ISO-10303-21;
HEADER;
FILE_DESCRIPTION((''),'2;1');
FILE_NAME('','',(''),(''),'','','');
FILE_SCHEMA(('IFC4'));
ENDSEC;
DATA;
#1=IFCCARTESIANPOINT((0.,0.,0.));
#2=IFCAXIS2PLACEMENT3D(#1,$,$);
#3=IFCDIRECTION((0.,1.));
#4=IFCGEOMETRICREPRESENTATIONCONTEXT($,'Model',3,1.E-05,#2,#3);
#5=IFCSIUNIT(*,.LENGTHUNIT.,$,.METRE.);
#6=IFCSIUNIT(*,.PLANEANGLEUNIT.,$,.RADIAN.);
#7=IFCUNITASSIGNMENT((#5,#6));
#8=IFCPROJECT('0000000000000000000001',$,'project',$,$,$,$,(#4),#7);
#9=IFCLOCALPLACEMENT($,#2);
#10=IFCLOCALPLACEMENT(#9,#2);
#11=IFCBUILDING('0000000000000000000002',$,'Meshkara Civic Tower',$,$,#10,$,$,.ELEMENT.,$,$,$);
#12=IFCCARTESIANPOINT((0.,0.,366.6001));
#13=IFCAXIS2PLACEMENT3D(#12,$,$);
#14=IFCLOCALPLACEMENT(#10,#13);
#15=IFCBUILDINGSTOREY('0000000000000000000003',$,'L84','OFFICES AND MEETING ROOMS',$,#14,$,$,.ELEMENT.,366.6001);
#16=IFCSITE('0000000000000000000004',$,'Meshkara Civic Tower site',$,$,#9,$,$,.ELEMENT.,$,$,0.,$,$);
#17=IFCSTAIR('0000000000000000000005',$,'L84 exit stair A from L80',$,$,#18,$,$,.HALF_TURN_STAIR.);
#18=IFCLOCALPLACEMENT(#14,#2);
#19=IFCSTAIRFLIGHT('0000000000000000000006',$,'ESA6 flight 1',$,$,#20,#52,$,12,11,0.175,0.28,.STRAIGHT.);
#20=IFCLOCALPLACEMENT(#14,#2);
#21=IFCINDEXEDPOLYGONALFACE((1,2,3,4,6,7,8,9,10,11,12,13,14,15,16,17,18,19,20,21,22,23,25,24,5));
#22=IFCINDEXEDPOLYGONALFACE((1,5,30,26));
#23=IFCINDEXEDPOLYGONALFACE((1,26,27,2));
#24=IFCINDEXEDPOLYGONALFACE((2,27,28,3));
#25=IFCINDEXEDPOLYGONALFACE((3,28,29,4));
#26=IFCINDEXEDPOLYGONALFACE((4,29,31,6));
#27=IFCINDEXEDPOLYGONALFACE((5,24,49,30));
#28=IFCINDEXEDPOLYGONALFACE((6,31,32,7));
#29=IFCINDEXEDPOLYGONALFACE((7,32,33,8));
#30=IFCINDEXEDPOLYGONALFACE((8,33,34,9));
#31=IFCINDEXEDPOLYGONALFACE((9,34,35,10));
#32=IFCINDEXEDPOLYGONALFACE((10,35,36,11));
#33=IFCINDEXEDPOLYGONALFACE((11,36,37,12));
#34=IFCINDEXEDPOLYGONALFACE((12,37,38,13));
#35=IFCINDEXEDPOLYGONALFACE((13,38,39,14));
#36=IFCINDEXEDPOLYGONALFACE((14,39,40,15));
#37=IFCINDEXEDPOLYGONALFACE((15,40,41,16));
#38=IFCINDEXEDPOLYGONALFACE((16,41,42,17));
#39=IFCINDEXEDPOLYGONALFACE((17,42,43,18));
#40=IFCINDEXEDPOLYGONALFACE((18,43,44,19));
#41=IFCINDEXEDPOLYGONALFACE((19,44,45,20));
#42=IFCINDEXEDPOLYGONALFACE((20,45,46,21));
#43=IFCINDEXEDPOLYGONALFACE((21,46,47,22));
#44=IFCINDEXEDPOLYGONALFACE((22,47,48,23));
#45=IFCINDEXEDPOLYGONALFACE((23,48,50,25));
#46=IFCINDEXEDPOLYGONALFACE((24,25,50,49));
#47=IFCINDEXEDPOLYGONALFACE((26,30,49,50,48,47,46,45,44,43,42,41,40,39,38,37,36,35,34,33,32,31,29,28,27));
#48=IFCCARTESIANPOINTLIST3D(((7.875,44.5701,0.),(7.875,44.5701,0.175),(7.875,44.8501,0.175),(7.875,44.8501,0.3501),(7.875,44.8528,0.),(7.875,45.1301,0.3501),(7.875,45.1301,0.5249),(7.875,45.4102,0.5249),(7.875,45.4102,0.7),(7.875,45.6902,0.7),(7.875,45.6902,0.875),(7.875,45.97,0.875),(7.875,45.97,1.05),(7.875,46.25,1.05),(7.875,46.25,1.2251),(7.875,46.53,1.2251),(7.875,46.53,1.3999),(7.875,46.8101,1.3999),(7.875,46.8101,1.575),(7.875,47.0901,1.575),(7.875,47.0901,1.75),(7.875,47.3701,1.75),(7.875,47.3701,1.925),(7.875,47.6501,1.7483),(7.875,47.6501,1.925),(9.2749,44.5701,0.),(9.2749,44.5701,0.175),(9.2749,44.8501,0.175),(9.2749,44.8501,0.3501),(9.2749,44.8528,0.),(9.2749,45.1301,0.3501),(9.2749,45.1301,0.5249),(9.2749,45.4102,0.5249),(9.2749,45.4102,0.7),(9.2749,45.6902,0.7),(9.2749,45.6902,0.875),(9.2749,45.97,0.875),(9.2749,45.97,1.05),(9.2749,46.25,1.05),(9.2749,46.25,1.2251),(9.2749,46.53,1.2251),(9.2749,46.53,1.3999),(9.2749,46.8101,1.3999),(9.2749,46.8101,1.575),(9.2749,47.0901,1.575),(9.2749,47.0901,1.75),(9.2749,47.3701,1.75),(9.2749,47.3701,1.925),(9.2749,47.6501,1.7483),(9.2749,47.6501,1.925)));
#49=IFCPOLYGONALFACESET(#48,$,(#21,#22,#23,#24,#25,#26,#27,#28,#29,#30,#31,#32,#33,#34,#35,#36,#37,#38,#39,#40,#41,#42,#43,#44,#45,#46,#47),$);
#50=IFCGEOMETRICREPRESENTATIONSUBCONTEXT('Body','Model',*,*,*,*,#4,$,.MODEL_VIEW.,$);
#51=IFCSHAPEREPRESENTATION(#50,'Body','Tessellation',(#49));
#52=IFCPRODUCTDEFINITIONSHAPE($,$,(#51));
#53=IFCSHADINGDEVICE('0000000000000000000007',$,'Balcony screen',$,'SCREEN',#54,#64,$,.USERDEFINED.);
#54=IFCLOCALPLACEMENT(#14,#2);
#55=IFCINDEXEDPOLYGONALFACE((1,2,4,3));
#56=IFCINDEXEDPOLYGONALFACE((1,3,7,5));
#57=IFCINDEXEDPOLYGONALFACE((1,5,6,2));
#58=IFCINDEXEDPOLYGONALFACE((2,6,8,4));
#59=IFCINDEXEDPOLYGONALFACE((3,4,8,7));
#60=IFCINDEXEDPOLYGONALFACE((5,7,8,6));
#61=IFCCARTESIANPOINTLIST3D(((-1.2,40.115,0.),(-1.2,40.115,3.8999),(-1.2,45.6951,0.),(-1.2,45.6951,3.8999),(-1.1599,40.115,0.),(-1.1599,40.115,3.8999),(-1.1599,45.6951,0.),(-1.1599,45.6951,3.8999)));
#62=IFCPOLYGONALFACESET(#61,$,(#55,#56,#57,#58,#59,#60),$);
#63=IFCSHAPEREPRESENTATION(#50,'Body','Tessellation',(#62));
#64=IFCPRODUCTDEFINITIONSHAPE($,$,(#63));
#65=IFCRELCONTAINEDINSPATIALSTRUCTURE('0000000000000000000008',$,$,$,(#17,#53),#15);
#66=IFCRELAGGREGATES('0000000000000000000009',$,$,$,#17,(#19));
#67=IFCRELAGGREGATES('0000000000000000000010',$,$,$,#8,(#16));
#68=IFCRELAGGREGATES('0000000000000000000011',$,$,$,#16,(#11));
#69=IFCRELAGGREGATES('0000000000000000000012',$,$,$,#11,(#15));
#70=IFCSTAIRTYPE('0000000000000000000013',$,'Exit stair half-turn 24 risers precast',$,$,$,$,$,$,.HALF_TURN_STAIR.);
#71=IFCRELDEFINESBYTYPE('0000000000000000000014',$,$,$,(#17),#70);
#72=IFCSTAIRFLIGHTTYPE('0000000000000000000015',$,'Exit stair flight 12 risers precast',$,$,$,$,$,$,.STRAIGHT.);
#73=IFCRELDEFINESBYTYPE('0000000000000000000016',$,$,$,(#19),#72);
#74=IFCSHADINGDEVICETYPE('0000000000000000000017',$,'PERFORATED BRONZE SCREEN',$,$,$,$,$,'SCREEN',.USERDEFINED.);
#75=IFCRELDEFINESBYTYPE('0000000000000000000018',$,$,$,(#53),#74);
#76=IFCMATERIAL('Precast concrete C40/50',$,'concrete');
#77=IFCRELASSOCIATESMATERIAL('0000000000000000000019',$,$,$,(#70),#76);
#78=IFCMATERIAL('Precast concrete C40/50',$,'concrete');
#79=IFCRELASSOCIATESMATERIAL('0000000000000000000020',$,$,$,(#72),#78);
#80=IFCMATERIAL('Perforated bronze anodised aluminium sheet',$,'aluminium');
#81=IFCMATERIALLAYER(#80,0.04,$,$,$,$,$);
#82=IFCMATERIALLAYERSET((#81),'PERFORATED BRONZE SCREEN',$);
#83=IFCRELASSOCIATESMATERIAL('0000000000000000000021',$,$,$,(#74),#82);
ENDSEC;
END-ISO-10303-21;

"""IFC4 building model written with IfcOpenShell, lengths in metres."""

from ifc_helpers import new_model, si_unit, direction, frame, origin, origin_2d, place, context, subcontext, project, spatial, polyline, rectangle, outline, extrude, material, layer, layer_set, type_object, element, aggregate, save


model = new_model("IFC4")

# Units and contexts
model_context = context("Model", 3, precision=1e-05, world=origin(), true_north=direction((0.0, 1.0)))
body_context = subcontext(model_context, "Body", "Model", "MODEL_VIEW")
ifc_project = project(units=[si_unit("LENGTHUNIT", "METRE"), si_unit("PLANEANGLEUNIT", "RADIAN")], contexts=[model_context])

# Site, building, storey
site_placement = place(None, origin())
site = spatial("IfcSite", under=ifc_project, at=site_placement, Name="Meshkara Civic Tower site", CompositionType="ELEMENT", RefElevation=0.0)
building_placement = place(site_placement, origin())
building = spatial("IfcBuilding", under=site, at=building_placement, Name="Meshkara Civic Tower", CompositionType="ELEMENT")
storey_placement = place(building_placement, frame((0.0, 0.0, 366.6001)))
storey = spatial("IfcBuildingStorey", under=building, at=storey_placement, Name="L84", Description="OFFICES AND MEETING ROOMS", CompositionType="ELEMENT", Elevation=366.6001)

# Stair, stair flight
ifc_material_1 = material(Name="Precast concrete C40/50", Category="concrete")
stair_type = type_object("IfcStairType", Name="Exit stair half-turn 24 risers precast", PredefinedType="HALF_TURN_STAIR", material=ifc_material_1)
stair_placement = place(storey_placement, origin())
stair = element("IfcStair", 1, at=stair_placement, inside=storey, type_object=stair_type, Name="L84 exit stair A from L80", PredefinedType="HALF_TURN_STAIR")
ifc_material_2 = material(Name="Precast concrete C40/50", Category="concrete")
stair_flight_type = type_object("IfcStairFlightType", Name="Exit stair flight 12 risers precast", PredefinedType="STRAIGHT", material=ifc_material_2)
stair_flight_placement = place(storey_placement, frame((8.575, 44.5701, 0.0), z_axis=(0.0, 0.0, 1.0), x_axis=(0.0, 1.0, 0.0)))
stair_flight = element("IfcStairFlight", 2, at=stair_flight_placement, type_object=stair_flight_type, Name="ESA6 flight 1", NumberOfRisers=12, NumberOfTreads=11, PredefinedType="STRAIGHT", RiserHeight=0.175, TreadLength=0.28, context=body_context, shape_type="SweptSolid", body=[
    extrude(outline(polyline([(0.0, 0.0), (0.0, 0.175), (0.28, 0.175), (0.28, 0.3501), (0.5601, 0.3501), (0.5601, 0.5249), (0.8401, 0.5249), (0.8401, 0.7), (1.1201, 0.7), (1.1201, 0.875), (1.3999, 0.875), (1.3999, 1.05), (1.6799, 1.05), (1.6799, 1.2251), (1.96, 1.2251), (1.96, 1.3999), (2.24, 1.3999), (2.24, 1.575), (2.52, 1.575), (2.52, 1.75), (2.8, 1.75), (2.8, 1.925), (3.0801, 1.925), (3.0801, 2.1001), (3.0801, 1.7483), (0.2827, 0.0), (0.0, 0.0)])), frame((0.0, 0.7, 0.0), z_axis=(0.0, -1.0, 0.0), x_axis=(1.0, 0.0, 0.0)), (0.0, 0.0, 1.0), 1.3999),
])
aggregate(stair, [stair_flight])

# Shading device
ifc_material_3 = material(Name="Perforated bronze anodised aluminium sheet", Category="aluminium")
ifc_layer_1 = layer(ifc_material_3, 0.04)
ifc_layer_set_1 = layer_set([ifc_layer_1], Name="PERFORATED BRONZE SCREEN")
shading_device_type = type_object("IfcShadingDeviceType", Name="PERFORATED BRONZE SCREEN", ElementType="SCREEN", PredefinedType="USERDEFINED", material=ifc_layer_set_1)
shading_device_placement = place(storey_placement, frame((-1.1799, 42.905, 0.0), z_axis=(0.0, 0.0, 1.0), x_axis=(0.0, -1.0, 0.0)))
element("IfcShadingDevice", 3, at=shading_device_placement, inside=storey, type_object=shading_device_type, Name="Balcony screen", ObjectType="SCREEN", PredefinedType="USERDEFINED", context=body_context, shape_type="SweptSolid", body=[
    extrude(rectangle(XDim=5.5801, YDim=0.04, at=origin_2d()), origin(), (0.0, 0.0, 1.0), 3.8999),
])

save(model, "model.ifc")
